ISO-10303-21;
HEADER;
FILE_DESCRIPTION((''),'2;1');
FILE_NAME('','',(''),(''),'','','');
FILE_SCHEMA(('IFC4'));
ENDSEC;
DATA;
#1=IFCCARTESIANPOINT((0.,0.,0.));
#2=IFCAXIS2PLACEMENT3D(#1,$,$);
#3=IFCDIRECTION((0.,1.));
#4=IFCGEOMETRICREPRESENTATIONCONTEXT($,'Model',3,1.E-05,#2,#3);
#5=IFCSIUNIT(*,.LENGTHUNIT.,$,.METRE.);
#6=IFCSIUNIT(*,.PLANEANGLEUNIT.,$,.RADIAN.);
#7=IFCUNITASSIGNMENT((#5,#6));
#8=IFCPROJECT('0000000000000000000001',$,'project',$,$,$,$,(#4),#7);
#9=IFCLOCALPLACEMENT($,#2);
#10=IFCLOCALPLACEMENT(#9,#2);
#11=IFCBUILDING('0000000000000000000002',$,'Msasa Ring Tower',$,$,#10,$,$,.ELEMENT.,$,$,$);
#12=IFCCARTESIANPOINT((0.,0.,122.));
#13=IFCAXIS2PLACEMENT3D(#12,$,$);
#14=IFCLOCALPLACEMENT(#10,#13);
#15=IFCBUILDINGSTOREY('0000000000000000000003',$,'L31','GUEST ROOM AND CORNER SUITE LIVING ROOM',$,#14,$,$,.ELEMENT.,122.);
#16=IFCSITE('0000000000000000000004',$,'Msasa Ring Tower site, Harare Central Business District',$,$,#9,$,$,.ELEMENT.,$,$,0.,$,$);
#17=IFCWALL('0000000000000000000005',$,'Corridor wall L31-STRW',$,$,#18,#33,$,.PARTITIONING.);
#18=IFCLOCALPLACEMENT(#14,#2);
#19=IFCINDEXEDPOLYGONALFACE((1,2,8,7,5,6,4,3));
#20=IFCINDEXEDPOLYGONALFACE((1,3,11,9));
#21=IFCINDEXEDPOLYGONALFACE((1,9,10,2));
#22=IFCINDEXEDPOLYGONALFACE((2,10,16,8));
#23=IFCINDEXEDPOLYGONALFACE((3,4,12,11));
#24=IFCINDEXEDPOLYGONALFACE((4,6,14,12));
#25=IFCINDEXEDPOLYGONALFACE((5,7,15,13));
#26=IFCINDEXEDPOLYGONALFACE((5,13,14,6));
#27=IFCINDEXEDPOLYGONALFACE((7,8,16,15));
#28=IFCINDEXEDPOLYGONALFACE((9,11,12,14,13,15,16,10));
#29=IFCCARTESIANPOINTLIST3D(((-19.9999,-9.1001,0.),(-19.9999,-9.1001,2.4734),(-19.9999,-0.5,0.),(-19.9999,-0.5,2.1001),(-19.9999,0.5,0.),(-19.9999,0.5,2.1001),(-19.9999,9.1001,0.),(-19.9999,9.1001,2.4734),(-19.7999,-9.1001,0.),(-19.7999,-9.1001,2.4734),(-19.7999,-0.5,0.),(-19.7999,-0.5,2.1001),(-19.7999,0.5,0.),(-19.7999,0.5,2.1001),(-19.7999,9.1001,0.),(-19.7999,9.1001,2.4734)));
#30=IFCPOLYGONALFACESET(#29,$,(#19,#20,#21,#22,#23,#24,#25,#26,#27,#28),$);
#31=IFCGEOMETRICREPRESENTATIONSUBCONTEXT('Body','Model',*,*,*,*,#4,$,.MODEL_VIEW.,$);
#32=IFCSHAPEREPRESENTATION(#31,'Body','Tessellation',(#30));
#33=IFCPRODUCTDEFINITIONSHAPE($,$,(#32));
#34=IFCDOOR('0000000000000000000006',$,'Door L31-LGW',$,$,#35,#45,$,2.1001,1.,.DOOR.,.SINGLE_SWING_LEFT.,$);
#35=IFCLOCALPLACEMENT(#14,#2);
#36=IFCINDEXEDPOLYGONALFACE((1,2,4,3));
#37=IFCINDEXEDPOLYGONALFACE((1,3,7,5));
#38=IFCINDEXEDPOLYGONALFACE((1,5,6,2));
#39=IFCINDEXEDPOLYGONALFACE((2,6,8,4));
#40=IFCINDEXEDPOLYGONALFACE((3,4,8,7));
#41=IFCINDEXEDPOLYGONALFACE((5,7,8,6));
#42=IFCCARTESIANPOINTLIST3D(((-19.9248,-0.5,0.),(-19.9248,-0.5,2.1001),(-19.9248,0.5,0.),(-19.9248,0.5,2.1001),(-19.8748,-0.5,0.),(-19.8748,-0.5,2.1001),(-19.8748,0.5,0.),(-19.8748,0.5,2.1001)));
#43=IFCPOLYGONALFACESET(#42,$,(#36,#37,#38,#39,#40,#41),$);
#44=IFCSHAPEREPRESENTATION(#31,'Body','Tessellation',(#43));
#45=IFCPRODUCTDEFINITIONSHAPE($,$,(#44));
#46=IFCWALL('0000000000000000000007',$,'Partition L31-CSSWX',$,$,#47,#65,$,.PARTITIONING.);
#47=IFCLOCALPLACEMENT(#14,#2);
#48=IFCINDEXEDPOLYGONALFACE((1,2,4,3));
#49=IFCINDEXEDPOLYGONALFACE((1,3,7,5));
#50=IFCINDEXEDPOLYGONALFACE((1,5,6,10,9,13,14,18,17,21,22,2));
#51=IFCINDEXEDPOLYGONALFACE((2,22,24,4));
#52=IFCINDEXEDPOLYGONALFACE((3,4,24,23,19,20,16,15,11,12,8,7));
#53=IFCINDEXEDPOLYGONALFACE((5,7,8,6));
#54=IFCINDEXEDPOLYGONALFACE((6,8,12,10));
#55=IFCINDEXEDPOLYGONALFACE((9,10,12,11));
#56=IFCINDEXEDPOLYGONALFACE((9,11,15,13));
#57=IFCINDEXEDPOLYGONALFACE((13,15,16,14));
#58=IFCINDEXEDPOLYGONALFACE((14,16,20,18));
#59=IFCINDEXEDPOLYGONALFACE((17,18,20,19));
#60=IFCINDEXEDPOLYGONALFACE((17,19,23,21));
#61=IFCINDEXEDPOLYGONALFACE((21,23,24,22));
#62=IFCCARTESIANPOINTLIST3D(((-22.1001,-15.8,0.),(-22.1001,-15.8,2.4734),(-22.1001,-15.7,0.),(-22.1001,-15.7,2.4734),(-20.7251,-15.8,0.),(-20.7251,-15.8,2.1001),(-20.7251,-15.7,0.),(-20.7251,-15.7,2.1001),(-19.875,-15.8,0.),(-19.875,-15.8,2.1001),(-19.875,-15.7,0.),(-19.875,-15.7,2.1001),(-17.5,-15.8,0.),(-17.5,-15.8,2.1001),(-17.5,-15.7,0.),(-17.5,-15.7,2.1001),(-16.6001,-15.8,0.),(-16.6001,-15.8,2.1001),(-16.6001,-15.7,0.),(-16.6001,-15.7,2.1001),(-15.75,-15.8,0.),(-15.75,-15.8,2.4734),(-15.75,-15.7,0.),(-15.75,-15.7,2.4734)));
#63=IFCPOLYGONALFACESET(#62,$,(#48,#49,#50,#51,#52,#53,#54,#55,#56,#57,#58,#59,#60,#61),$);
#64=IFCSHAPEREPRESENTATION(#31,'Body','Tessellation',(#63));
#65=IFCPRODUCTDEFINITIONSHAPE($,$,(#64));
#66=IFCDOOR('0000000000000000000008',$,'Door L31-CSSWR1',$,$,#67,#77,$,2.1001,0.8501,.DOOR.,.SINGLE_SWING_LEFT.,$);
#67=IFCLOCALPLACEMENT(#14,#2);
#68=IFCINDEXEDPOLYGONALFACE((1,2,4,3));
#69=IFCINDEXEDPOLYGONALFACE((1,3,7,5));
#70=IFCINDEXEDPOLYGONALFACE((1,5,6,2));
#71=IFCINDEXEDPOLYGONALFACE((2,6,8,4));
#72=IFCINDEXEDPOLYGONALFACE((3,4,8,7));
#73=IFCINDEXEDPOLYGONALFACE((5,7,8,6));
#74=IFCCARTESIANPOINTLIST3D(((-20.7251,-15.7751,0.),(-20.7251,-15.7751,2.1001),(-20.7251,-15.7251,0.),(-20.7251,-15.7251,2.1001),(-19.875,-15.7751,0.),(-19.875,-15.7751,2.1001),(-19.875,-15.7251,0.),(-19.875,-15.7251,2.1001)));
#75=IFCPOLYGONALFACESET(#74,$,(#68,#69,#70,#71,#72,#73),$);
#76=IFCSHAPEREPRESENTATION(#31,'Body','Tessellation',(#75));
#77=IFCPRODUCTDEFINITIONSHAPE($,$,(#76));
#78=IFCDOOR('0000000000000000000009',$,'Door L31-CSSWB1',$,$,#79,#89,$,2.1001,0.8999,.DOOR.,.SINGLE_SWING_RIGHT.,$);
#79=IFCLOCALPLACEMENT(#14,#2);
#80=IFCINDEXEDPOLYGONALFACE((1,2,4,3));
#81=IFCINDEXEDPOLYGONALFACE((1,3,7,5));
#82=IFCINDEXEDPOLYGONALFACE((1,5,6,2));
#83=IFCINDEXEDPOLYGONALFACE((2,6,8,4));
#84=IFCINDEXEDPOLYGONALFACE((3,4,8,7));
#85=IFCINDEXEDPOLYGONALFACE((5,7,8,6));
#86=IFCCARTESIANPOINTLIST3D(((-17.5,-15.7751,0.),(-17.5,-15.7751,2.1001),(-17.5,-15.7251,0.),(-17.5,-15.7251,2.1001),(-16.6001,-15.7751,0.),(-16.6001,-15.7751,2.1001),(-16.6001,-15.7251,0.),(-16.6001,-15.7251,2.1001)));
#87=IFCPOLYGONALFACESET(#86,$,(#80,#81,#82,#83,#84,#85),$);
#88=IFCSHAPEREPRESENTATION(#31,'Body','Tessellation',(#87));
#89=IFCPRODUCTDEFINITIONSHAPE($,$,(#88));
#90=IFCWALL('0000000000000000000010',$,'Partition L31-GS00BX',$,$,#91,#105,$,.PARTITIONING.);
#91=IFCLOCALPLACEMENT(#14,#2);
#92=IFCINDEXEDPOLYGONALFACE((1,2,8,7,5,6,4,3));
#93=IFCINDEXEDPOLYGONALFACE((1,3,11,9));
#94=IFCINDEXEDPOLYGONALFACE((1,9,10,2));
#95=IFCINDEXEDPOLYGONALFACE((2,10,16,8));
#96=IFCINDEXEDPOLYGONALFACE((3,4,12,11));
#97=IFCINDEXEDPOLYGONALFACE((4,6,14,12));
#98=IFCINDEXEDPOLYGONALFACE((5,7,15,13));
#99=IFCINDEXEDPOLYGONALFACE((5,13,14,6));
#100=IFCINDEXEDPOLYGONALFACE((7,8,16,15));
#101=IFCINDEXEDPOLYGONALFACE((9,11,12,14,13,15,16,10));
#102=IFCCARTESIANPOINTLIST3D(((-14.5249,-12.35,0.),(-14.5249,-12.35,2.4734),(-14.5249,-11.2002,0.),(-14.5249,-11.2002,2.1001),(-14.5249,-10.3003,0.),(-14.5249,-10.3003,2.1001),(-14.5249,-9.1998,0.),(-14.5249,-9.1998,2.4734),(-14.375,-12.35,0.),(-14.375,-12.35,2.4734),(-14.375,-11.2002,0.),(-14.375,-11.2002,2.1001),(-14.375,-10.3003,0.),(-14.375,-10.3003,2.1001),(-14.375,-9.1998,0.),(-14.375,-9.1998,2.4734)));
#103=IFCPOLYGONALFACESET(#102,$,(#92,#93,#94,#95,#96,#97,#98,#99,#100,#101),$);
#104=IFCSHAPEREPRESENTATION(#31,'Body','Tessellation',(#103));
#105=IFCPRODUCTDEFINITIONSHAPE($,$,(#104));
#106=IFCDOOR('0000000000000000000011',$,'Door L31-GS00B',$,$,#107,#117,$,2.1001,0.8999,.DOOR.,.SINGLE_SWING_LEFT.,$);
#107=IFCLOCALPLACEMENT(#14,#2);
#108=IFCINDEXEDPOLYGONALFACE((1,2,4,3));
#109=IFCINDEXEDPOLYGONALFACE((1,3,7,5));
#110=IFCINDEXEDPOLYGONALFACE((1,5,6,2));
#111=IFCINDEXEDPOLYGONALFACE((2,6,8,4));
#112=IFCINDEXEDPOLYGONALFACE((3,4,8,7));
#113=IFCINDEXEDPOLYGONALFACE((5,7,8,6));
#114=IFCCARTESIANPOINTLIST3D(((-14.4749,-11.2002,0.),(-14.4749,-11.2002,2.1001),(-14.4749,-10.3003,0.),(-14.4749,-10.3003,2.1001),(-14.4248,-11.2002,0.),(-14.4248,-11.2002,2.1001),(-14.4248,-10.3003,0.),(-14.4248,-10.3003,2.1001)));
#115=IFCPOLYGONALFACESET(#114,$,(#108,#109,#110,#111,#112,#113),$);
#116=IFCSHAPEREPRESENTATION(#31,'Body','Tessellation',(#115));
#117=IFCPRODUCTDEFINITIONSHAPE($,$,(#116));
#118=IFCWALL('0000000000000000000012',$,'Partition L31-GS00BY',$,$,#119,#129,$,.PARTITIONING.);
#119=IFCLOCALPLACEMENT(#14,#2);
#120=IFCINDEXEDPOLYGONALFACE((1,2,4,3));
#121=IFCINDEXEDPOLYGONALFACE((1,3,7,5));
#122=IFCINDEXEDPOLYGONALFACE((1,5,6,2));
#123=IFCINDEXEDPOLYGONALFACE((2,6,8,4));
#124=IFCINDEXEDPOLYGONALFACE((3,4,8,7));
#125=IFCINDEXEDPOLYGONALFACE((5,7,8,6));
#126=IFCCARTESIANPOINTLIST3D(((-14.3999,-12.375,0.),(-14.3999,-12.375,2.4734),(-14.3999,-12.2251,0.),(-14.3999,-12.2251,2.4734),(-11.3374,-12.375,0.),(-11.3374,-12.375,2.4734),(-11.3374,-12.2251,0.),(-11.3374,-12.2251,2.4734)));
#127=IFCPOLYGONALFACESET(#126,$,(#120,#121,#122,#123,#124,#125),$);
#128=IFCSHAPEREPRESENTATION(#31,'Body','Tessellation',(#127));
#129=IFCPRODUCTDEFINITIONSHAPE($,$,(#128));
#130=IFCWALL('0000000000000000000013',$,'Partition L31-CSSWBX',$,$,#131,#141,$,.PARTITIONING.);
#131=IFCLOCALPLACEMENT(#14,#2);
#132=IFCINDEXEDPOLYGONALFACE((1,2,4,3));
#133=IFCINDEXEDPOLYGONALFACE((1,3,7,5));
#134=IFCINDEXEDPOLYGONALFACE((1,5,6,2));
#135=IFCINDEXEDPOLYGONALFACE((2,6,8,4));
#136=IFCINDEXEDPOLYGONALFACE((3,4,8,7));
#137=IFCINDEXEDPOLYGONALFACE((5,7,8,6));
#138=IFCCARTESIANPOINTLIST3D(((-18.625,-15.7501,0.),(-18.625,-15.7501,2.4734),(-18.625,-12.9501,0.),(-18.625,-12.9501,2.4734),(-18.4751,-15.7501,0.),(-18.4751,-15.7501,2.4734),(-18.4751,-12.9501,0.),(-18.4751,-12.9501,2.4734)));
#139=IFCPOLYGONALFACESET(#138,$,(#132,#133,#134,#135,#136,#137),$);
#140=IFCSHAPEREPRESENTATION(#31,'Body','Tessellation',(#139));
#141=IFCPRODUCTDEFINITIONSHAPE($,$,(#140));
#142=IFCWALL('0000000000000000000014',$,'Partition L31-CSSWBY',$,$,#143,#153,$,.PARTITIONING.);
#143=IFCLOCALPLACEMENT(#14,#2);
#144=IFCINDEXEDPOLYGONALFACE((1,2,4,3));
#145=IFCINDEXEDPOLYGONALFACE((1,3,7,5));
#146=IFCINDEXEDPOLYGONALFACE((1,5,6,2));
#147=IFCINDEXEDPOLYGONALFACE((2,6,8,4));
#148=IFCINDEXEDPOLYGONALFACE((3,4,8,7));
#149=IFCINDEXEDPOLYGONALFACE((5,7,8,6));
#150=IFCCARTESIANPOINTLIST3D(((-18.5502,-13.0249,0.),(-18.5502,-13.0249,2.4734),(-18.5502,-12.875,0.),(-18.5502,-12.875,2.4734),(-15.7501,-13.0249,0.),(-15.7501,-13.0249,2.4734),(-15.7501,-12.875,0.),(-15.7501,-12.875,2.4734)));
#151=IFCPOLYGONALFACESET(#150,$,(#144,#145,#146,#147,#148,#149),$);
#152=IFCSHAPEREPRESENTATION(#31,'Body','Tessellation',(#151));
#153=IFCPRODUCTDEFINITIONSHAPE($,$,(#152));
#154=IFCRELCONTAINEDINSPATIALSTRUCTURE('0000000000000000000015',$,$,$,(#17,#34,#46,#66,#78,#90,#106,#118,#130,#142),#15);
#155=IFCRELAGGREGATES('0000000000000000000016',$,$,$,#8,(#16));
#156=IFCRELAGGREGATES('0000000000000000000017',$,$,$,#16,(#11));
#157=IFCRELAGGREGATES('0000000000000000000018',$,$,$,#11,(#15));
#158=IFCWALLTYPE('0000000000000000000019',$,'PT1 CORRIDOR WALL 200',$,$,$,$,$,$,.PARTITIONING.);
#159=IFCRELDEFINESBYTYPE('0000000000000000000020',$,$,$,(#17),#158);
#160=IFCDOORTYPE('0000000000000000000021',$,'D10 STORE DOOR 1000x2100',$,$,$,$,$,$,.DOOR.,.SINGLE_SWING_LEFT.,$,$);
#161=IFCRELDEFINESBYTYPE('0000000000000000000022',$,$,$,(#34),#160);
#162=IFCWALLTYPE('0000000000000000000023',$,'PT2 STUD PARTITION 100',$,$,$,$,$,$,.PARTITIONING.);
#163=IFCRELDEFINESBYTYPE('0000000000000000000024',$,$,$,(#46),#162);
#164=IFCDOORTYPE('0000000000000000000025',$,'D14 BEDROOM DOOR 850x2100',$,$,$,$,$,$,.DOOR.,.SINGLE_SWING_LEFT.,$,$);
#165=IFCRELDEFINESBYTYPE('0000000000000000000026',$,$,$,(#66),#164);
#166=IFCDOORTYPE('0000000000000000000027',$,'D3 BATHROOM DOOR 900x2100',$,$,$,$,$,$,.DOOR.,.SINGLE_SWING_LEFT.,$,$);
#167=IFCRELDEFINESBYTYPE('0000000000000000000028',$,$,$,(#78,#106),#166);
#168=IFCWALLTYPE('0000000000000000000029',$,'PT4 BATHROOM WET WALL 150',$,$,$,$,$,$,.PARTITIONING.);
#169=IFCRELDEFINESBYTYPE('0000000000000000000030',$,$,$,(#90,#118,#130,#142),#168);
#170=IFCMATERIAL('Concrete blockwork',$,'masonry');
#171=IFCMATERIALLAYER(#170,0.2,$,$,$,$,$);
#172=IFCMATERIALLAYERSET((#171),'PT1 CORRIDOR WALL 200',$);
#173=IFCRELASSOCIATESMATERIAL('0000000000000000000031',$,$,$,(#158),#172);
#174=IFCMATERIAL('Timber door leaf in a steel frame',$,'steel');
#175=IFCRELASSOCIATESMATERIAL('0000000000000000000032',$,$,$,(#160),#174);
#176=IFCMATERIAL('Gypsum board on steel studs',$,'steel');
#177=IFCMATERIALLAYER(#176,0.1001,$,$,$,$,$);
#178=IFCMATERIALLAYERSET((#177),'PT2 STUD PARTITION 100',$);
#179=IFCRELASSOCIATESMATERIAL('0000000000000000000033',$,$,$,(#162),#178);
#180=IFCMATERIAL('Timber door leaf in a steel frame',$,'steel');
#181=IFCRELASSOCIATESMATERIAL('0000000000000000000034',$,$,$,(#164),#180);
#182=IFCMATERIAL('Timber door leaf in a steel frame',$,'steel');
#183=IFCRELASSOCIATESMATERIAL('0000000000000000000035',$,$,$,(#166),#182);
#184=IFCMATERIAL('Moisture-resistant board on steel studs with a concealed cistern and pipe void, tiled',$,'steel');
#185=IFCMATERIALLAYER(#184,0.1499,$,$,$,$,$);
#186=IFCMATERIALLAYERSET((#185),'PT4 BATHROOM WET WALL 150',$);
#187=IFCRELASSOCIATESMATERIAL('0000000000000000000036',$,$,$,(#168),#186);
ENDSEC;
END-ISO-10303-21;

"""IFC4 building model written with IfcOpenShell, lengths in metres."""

from ifc_helpers import new_model, si_unit, direction, frame, frame_2d, origin, place, context, subcontext, project, spatial, rectangle, extrude, material, layer, layer_set, type_object, element, fill, save


model = new_model("IFC4")

# Units and contexts
model_context = context("Model", 3, precision=1e-05, world=origin(), true_north=direction((0.0, 1.0)))
body_context = subcontext(model_context, "Body", "Model", "MODEL_VIEW")
ifc_project = project(units=[si_unit("LENGTHUNIT", "METRE"), si_unit("PLANEANGLEUNIT", "RADIAN")], contexts=[model_context])

# Site, building, storey
site_placement = place(None, origin())
site = spatial("IfcSite", under=ifc_project, at=site_placement, Name="Msasa Ring Tower site, Harare Central Business District", CompositionType="ELEMENT", RefElevation=0.0)
building_placement = place(site_placement, origin())
building = spatial("IfcBuilding", under=site, at=building_placement, Name="Msasa Ring Tower", CompositionType="ELEMENT")
storey_placement = place(building_placement, frame((0.0, 0.0, 122.0)))
storey = spatial("IfcBuildingStorey", under=building, at=storey_placement, Name="L31", Description="GUEST ROOM AND CORNER SUITE LIVING ROOM", CompositionType="ELEMENT", Elevation=122.0)

# Shared definitions
ifc_material_1 = material(Name="Concrete blockwork", Category="masonry")
ifc_layer_1 = layer(ifc_material_1, 0.2)
ifc_layer_set_1 = layer_set([ifc_layer_1], Name="PT1 CORRIDOR WALL 200")
wall_type_1 = type_object("IfcWallType", Name="PT1 CORRIDOR WALL 200", PredefinedType="PARTITIONING", material=ifc_layer_set_1)

# Wall, opening, door
wall_1_placement = place(storey_placement, frame((-19.8999, -9.1001, 0.0), z_axis=(0.0, 0.0, 1.0), x_axis=(0.0, 1.0, 0.0)))
wall_1 = element("IfcWall", 1, at=wall_1_placement, inside=storey, type_object=wall_type_1, Name="Corridor wall L31-STRW", PredefinedType="PARTITIONING", context=body_context, shape_type="SweptSolid", body=[
    extrude(rectangle(XDim=18.2002, YDim=0.2, at=frame_2d((9.1001, 0.0))), origin(), (0.0, 0.0, 1.0), 2.4734),
])
opening_1_placement = place(wall_1_placement, frame((8.6001, 0.0, 0.0)))
opening_1 = element("IfcOpeningElement", 2, at=opening_1_placement, cuts=wall_1, PredefinedType="OPENING", context=body_context, shape_type="SweptSolid", body=[
    extrude(rectangle(XDim=1.0, YDim=2.1001, at=frame_2d((0.5, 1.05))), frame((0.0, 0.1099, 0.0), z_axis=(0.0, -1.0, 0.0), x_axis=(1.0, 0.0, 0.0)), (0.0, 0.0, 1.0), 0.22),
])
ifc_material_2 = material(Name="Timber door leaf in a steel frame", Category="steel")
door_type_1 = type_object("IfcDoorType", Name="D10 STORE DOOR 1000x2100", OperationType="SINGLE_SWING_LEFT", PredefinedType="DOOR", material=ifc_material_2)
door_1_placement = place(opening_1_placement, origin())
door_1 = element("IfcDoor", 3, at=door_1_placement, inside=storey, type_object=door_type_1, Name="Door L31-LGW", OperationType="SINGLE_SWING_LEFT", OverallHeight=2.1001, OverallWidth=1.0, PredefinedType="DOOR", context=body_context, shape_type="SweptSolid", body=[
    extrude(rectangle(XDim=1.0, YDim=2.1001, at=frame_2d((0.5, 1.05))), frame((0.0, 0.0249, 0.0), z_axis=(0.0, -1.0, 0.0), x_axis=(1.0, 0.0, 0.0)), (0.0, 0.0, 1.0), 0.05),
])
fill(opening_1, door_1)

# Wall, openings, doors
ifc_material_3 = material(Name="Gypsum board on steel studs", Category="steel")
ifc_layer_2 = layer(ifc_material_3, 0.1001)
ifc_layer_set_2 = layer_set([ifc_layer_2], Name="PT2 STUD PARTITION 100")
wall_type_2 = type_object("IfcWallType", Name="PT2 STUD PARTITION 100", PredefinedType="PARTITIONING", material=ifc_layer_set_2)
wall_2_placement = place(storey_placement, frame((-22.1001, -15.75, 0.0), z_axis=(0.0, 0.0, 1.0), x_axis=(1.0, 0.0, 0.0)))
wall_2 = element("IfcWall", 4, at=wall_2_placement, inside=storey, type_object=wall_type_2, Name="Partition L31-CSSWX", PredefinedType="PARTITIONING", context=body_context, shape_type="SweptSolid", body=[
    extrude(rectangle(XDim=6.3501, YDim=0.1001, at=frame_2d((3.175, 0.0))), origin(), (0.0, 0.0, 1.0), 2.4734),
])
opening_2_placement = place(wall_2_placement, frame((1.375, 0.0, 0.0)))
opening_2 = element("IfcOpeningElement", 5, at=opening_2_placement, cuts=wall_2, PredefinedType="OPENING", context=body_context, shape_type="SweptSolid", body=[
    extrude(rectangle(XDim=0.8501, YDim=2.1001, at=frame_2d((0.425, 1.05))), frame((0.0, 0.0601, 0.0), z_axis=(0.0, -1.0, 0.0), x_axis=(1.0, 0.0, 0.0)), (0.0, 0.0, 1.0), 0.1201),
])
opening_3_placement = place(wall_2_placement, frame((4.6001, 0.0, 0.0)))
opening_3 = element("IfcOpeningElement", 6, at=opening_3_placement, cuts=wall_2, PredefinedType="OPENING", context=body_context, shape_type="SweptSolid", body=[
    extrude(rectangle(XDim=0.8999, YDim=2.1001, at=frame_2d((0.45, 1.05))), frame((0.0, 0.0601, 0.0), z_axis=(0.0, -1.0, 0.0), x_axis=(1.0, 0.0, 0.0)), (0.0, 0.0, 1.0), 0.1201),
])
ifc_material_4 = material(Name="Timber door leaf in a steel frame", Category="steel")
door_type_2 = type_object("IfcDoorType", Name="D14 BEDROOM DOOR 850x2100", OperationType="SINGLE_SWING_LEFT", PredefinedType="DOOR", material=ifc_material_4)
door_2_placement = place(opening_2_placement, origin())
door_2 = element("IfcDoor", 7, at=door_2_placement, inside=storey, type_object=door_type_2, Name="Door L31-CSSWR1", OperationType="SINGLE_SWING_LEFT", OverallHeight=2.1001, OverallWidth=0.8501, PredefinedType="DOOR", context=body_context, shape_type="SweptSolid", body=[
    extrude(rectangle(XDim=0.8501, YDim=2.1001, at=frame_2d((0.425, 1.05))), frame((0.0, 0.0249, 0.0), z_axis=(0.0, -1.0, 0.0), x_axis=(1.0, 0.0, 0.0)), (0.0, 0.0, 1.0), 0.05),
])
fill(opening_2, door_2)
ifc_material_5 = material(Name="Timber door leaf in a steel frame", Category="steel")
door_type_3 = type_object("IfcDoorType", Name="D3 BATHROOM DOOR 900x2100", OperationType="SINGLE_SWING_LEFT", PredefinedType="DOOR", material=ifc_material_5)
door_3_placement = place(opening_3_placement, origin())
door_3 = element("IfcDoor", 8, at=door_3_placement, inside=storey, type_object=door_type_3, Name="Door L31-CSSWB1", OperationType="SINGLE_SWING_RIGHT", OverallHeight=2.1001, OverallWidth=0.8999, PredefinedType="DOOR", context=body_context, shape_type="SweptSolid", body=[
    extrude(rectangle(XDim=0.8999, YDim=2.1001, at=frame_2d((0.45, 1.05))), frame((0.0, 0.0249, 0.0), z_axis=(0.0, -1.0, 0.0), x_axis=(1.0, 0.0, 0.0)), (0.0, 0.0, 1.0), 0.05),
])
fill(opening_3, door_3)

# Wall, opening, door
ifc_material_6 = material(Name="Moisture-resistant board on steel studs with a concealed cistern and pipe void, tiled", Category="steel")
ifc_layer_3 = layer(ifc_material_6, 0.1499)
ifc_layer_set_3 = layer_set([ifc_layer_3], Name="PT4 BATHROOM WET WALL 150")
wall_type_3 = type_object("IfcWallType", Name="PT4 BATHROOM WET WALL 150", PredefinedType="PARTITIONING", material=ifc_layer_set_3)
wall_3_placement = place(storey_placement, frame((-14.45, -12.3501, 0.0), z_axis=(0.0, 0.0, 1.0), x_axis=(0.0, 1.0, 0.0)))
wall_3 = element("IfcWall", 9, at=wall_3_placement, inside=storey, type_object=wall_type_3, Name="Partition L31-GS00BX", PredefinedType="PARTITIONING", context=body_context, shape_type="SweptSolid", body=[
    extrude(rectangle(XDim=3.1501, YDim=0.1499, at=frame_2d((1.5752, 0.0))), origin(), (0.0, 0.0, 1.0), 2.4734),
])
opening_4_placement = place(wall_3_placement, frame((1.1499, 0.0, 0.0)))
opening_4 = element("IfcOpeningElement", 10, at=opening_4_placement, cuts=wall_3, PredefinedType="OPENING", context=body_context, shape_type="SweptSolid", body=[
    extrude(rectangle(XDim=0.8999, YDim=2.1001, at=frame_2d((0.45, 1.05))), frame((0.0, 0.085, 0.0), z_axis=(0.0, -1.0, 0.0), x_axis=(1.0, 0.0, 0.0)), (0.0, 0.0, 1.0), 0.1699),
])
door_4_placement = place(opening_4_placement, origin())
door_4 = element("IfcDoor", 11, at=door_4_placement, inside=storey, type_object=door_type_3, Name="Door L31-GS00B", OperationType="SINGLE_SWING_LEFT", OverallHeight=2.1001, OverallWidth=0.8999, PredefinedType="DOOR", context=body_context, shape_type="SweptSolid", body=[
    extrude(rectangle(XDim=0.8999, YDim=2.1001, at=frame_2d((0.45, 1.05))), frame((0.0, 0.0249, 0.0), z_axis=(0.0, -1.0, 0.0), x_axis=(1.0, 0.0, 0.0)), (0.0, 0.0, 1.0), 0.05),
])
fill(opening_4, door_4)

# Walls
wall_4_placement = place(storey_placement, frame((-14.3999, -12.3, 0.0), z_axis=(0.0, 0.0, 1.0), x_axis=(1.0, 0.0, 0.0)))
element("IfcWall", 12, at=wall_4_placement, inside=storey, type_object=wall_type_3, Name="Partition L31-GS00BY", PredefinedType="PARTITIONING", context=body_context, shape_type="SweptSolid", body=[
    extrude(rectangle(XDim=3.0625, YDim=0.1499, at=frame_2d((1.5312, 0.0))), origin(), (0.0, 0.0, 1.0), 2.4734),
])
for number, where, z_axis, x_axis, name in (
    (13, (-18.55, -15.75, 0.0), (0.0, 0.0, 1.0), (0.0, 1.0, 0.0), "Partition L31-CSSWBX"),
    (14, (-18.55, -12.95, 0.0), (0.0, 0.0, 1.0), (1.0, 0.0, 0.0), "Partition L31-CSSWBY"),
):
    element("IfcWall", number, at=place(storey_placement, frame(where, z_axis=z_axis, x_axis=x_axis)), inside=storey, type_object=wall_type_3, Name=name, PredefinedType="PARTITIONING", context=body_context, shape_type="SweptSolid", body=[
        extrude(rectangle(XDim=2.8, YDim=0.1499, at=frame_2d((1.3999, 0.0))), origin(), (0.0, 0.0, 1.0), 2.4734),
    ])

save(model, "model.ifc")
